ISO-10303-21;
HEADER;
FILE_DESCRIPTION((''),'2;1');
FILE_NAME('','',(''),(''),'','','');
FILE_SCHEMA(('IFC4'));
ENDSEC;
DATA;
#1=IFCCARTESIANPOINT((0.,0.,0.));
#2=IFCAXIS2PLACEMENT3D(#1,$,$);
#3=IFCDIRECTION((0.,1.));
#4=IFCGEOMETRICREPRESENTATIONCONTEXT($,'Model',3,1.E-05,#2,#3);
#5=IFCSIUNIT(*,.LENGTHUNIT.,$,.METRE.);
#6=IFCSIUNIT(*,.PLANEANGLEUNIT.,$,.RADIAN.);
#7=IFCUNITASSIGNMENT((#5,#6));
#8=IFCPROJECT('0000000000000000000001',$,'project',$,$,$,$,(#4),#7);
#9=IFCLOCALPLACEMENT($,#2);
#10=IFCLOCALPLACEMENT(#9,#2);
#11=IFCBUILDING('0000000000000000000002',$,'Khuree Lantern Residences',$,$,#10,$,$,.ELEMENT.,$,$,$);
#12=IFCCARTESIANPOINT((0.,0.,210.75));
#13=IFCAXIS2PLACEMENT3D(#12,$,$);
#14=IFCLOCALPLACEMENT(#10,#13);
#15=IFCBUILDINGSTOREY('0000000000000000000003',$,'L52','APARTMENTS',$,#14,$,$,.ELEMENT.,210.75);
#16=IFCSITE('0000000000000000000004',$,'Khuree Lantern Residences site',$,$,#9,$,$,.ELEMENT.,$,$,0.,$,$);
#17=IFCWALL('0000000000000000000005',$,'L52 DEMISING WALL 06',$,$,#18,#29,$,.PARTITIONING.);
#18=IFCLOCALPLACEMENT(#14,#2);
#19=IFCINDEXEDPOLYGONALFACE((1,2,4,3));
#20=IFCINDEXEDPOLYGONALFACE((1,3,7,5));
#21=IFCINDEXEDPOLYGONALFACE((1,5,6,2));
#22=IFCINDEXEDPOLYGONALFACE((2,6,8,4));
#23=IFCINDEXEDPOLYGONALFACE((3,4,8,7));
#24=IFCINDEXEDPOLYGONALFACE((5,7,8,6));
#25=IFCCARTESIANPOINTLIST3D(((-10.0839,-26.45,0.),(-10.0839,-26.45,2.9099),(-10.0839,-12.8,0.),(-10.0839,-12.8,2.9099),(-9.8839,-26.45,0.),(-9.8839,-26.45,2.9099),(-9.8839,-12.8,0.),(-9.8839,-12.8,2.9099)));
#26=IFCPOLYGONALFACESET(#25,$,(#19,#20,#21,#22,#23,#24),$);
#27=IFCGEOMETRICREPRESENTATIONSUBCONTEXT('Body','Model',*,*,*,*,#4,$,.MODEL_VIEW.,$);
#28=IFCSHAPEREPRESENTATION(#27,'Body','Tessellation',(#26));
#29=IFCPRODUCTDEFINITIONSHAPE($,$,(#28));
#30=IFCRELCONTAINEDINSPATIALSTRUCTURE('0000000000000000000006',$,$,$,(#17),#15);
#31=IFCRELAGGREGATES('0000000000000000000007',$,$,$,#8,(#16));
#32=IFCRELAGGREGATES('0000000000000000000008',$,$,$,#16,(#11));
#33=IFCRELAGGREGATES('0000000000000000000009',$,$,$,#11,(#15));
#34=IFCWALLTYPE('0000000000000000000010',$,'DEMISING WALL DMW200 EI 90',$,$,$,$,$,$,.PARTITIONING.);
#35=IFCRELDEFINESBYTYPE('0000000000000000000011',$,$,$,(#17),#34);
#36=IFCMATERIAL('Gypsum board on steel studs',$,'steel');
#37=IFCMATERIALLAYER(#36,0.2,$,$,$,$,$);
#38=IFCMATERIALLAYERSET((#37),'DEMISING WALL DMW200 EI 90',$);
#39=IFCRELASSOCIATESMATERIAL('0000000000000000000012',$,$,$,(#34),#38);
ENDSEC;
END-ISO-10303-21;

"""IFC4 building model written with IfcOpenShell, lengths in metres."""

from ifc_helpers import new_model, si_unit, direction, frame, frame_2d, origin, place, context, subcontext, project, spatial, rectangle, extrude, material, layer, layer_set, type_object, element, save


model = new_model("IFC4")

# Units and contexts
model_context = context("Model", 3, precision=1e-05, world=origin(), true_north=direction((0.0, 1.0)))
body_context = subcontext(model_context, "Body", "Model", "MODEL_VIEW")
ifc_project = project(units=[si_unit("LENGTHUNIT", "METRE"), si_unit("PLANEANGLEUNIT", "RADIAN")], contexts=[model_context])

# Site, building, storey
site_placement = place(None, origin())
site = spatial("IfcSite", under=ifc_project, at=site_placement, Name="Khuree Lantern Residences site", CompositionType="ELEMENT", RefElevation=0.0)
building_placement = place(site_placement, origin())
building = spatial("IfcBuilding", under=site, at=building_placement, Name="Khuree Lantern Residences", CompositionType="ELEMENT")
storey_placement = place(building_placement, frame((0.0, 0.0, 210.75)))
storey = spatial("IfcBuildingStorey", under=building, at=storey_placement, Name="L52", Description="APARTMENTS", CompositionType="ELEMENT", Elevation=210.75)

# Wall
ifc_material_1 = material(Name="Gypsum board on steel studs", Category="steel")
ifc_layer_1 = layer(ifc_material_1, 0.2)
ifc_layer_set_1 = layer_set([ifc_layer_1], Name="DEMISING WALL DMW200 EI 90")
wall_type_1 = type_object("IfcWallType", Name="DEMISING WALL DMW200 EI 90", PredefinedType="PARTITIONING", material=ifc_layer_set_1)
wall_1_placement = place(storey_placement, frame((-9.9839, -12.8, 0.0), z_axis=(0.0, 0.0, 1.0), x_axis=(0.0, -1.0, 0.0)))
element("IfcWall", 1, at=wall_1_placement, inside=storey, type_object=wall_type_1, Name="L52 DEMISING WALL 06", PredefinedType="PARTITIONING", context=body_context, shape_type="SweptSolid", body=[
    extrude(rectangle(XDim=13.6499, YDim=0.2, at=frame_2d((6.825, 0.0))), origin(), (0.0, 0.0, 1.0), 2.9099),
])

save(model, "model.ifc")
